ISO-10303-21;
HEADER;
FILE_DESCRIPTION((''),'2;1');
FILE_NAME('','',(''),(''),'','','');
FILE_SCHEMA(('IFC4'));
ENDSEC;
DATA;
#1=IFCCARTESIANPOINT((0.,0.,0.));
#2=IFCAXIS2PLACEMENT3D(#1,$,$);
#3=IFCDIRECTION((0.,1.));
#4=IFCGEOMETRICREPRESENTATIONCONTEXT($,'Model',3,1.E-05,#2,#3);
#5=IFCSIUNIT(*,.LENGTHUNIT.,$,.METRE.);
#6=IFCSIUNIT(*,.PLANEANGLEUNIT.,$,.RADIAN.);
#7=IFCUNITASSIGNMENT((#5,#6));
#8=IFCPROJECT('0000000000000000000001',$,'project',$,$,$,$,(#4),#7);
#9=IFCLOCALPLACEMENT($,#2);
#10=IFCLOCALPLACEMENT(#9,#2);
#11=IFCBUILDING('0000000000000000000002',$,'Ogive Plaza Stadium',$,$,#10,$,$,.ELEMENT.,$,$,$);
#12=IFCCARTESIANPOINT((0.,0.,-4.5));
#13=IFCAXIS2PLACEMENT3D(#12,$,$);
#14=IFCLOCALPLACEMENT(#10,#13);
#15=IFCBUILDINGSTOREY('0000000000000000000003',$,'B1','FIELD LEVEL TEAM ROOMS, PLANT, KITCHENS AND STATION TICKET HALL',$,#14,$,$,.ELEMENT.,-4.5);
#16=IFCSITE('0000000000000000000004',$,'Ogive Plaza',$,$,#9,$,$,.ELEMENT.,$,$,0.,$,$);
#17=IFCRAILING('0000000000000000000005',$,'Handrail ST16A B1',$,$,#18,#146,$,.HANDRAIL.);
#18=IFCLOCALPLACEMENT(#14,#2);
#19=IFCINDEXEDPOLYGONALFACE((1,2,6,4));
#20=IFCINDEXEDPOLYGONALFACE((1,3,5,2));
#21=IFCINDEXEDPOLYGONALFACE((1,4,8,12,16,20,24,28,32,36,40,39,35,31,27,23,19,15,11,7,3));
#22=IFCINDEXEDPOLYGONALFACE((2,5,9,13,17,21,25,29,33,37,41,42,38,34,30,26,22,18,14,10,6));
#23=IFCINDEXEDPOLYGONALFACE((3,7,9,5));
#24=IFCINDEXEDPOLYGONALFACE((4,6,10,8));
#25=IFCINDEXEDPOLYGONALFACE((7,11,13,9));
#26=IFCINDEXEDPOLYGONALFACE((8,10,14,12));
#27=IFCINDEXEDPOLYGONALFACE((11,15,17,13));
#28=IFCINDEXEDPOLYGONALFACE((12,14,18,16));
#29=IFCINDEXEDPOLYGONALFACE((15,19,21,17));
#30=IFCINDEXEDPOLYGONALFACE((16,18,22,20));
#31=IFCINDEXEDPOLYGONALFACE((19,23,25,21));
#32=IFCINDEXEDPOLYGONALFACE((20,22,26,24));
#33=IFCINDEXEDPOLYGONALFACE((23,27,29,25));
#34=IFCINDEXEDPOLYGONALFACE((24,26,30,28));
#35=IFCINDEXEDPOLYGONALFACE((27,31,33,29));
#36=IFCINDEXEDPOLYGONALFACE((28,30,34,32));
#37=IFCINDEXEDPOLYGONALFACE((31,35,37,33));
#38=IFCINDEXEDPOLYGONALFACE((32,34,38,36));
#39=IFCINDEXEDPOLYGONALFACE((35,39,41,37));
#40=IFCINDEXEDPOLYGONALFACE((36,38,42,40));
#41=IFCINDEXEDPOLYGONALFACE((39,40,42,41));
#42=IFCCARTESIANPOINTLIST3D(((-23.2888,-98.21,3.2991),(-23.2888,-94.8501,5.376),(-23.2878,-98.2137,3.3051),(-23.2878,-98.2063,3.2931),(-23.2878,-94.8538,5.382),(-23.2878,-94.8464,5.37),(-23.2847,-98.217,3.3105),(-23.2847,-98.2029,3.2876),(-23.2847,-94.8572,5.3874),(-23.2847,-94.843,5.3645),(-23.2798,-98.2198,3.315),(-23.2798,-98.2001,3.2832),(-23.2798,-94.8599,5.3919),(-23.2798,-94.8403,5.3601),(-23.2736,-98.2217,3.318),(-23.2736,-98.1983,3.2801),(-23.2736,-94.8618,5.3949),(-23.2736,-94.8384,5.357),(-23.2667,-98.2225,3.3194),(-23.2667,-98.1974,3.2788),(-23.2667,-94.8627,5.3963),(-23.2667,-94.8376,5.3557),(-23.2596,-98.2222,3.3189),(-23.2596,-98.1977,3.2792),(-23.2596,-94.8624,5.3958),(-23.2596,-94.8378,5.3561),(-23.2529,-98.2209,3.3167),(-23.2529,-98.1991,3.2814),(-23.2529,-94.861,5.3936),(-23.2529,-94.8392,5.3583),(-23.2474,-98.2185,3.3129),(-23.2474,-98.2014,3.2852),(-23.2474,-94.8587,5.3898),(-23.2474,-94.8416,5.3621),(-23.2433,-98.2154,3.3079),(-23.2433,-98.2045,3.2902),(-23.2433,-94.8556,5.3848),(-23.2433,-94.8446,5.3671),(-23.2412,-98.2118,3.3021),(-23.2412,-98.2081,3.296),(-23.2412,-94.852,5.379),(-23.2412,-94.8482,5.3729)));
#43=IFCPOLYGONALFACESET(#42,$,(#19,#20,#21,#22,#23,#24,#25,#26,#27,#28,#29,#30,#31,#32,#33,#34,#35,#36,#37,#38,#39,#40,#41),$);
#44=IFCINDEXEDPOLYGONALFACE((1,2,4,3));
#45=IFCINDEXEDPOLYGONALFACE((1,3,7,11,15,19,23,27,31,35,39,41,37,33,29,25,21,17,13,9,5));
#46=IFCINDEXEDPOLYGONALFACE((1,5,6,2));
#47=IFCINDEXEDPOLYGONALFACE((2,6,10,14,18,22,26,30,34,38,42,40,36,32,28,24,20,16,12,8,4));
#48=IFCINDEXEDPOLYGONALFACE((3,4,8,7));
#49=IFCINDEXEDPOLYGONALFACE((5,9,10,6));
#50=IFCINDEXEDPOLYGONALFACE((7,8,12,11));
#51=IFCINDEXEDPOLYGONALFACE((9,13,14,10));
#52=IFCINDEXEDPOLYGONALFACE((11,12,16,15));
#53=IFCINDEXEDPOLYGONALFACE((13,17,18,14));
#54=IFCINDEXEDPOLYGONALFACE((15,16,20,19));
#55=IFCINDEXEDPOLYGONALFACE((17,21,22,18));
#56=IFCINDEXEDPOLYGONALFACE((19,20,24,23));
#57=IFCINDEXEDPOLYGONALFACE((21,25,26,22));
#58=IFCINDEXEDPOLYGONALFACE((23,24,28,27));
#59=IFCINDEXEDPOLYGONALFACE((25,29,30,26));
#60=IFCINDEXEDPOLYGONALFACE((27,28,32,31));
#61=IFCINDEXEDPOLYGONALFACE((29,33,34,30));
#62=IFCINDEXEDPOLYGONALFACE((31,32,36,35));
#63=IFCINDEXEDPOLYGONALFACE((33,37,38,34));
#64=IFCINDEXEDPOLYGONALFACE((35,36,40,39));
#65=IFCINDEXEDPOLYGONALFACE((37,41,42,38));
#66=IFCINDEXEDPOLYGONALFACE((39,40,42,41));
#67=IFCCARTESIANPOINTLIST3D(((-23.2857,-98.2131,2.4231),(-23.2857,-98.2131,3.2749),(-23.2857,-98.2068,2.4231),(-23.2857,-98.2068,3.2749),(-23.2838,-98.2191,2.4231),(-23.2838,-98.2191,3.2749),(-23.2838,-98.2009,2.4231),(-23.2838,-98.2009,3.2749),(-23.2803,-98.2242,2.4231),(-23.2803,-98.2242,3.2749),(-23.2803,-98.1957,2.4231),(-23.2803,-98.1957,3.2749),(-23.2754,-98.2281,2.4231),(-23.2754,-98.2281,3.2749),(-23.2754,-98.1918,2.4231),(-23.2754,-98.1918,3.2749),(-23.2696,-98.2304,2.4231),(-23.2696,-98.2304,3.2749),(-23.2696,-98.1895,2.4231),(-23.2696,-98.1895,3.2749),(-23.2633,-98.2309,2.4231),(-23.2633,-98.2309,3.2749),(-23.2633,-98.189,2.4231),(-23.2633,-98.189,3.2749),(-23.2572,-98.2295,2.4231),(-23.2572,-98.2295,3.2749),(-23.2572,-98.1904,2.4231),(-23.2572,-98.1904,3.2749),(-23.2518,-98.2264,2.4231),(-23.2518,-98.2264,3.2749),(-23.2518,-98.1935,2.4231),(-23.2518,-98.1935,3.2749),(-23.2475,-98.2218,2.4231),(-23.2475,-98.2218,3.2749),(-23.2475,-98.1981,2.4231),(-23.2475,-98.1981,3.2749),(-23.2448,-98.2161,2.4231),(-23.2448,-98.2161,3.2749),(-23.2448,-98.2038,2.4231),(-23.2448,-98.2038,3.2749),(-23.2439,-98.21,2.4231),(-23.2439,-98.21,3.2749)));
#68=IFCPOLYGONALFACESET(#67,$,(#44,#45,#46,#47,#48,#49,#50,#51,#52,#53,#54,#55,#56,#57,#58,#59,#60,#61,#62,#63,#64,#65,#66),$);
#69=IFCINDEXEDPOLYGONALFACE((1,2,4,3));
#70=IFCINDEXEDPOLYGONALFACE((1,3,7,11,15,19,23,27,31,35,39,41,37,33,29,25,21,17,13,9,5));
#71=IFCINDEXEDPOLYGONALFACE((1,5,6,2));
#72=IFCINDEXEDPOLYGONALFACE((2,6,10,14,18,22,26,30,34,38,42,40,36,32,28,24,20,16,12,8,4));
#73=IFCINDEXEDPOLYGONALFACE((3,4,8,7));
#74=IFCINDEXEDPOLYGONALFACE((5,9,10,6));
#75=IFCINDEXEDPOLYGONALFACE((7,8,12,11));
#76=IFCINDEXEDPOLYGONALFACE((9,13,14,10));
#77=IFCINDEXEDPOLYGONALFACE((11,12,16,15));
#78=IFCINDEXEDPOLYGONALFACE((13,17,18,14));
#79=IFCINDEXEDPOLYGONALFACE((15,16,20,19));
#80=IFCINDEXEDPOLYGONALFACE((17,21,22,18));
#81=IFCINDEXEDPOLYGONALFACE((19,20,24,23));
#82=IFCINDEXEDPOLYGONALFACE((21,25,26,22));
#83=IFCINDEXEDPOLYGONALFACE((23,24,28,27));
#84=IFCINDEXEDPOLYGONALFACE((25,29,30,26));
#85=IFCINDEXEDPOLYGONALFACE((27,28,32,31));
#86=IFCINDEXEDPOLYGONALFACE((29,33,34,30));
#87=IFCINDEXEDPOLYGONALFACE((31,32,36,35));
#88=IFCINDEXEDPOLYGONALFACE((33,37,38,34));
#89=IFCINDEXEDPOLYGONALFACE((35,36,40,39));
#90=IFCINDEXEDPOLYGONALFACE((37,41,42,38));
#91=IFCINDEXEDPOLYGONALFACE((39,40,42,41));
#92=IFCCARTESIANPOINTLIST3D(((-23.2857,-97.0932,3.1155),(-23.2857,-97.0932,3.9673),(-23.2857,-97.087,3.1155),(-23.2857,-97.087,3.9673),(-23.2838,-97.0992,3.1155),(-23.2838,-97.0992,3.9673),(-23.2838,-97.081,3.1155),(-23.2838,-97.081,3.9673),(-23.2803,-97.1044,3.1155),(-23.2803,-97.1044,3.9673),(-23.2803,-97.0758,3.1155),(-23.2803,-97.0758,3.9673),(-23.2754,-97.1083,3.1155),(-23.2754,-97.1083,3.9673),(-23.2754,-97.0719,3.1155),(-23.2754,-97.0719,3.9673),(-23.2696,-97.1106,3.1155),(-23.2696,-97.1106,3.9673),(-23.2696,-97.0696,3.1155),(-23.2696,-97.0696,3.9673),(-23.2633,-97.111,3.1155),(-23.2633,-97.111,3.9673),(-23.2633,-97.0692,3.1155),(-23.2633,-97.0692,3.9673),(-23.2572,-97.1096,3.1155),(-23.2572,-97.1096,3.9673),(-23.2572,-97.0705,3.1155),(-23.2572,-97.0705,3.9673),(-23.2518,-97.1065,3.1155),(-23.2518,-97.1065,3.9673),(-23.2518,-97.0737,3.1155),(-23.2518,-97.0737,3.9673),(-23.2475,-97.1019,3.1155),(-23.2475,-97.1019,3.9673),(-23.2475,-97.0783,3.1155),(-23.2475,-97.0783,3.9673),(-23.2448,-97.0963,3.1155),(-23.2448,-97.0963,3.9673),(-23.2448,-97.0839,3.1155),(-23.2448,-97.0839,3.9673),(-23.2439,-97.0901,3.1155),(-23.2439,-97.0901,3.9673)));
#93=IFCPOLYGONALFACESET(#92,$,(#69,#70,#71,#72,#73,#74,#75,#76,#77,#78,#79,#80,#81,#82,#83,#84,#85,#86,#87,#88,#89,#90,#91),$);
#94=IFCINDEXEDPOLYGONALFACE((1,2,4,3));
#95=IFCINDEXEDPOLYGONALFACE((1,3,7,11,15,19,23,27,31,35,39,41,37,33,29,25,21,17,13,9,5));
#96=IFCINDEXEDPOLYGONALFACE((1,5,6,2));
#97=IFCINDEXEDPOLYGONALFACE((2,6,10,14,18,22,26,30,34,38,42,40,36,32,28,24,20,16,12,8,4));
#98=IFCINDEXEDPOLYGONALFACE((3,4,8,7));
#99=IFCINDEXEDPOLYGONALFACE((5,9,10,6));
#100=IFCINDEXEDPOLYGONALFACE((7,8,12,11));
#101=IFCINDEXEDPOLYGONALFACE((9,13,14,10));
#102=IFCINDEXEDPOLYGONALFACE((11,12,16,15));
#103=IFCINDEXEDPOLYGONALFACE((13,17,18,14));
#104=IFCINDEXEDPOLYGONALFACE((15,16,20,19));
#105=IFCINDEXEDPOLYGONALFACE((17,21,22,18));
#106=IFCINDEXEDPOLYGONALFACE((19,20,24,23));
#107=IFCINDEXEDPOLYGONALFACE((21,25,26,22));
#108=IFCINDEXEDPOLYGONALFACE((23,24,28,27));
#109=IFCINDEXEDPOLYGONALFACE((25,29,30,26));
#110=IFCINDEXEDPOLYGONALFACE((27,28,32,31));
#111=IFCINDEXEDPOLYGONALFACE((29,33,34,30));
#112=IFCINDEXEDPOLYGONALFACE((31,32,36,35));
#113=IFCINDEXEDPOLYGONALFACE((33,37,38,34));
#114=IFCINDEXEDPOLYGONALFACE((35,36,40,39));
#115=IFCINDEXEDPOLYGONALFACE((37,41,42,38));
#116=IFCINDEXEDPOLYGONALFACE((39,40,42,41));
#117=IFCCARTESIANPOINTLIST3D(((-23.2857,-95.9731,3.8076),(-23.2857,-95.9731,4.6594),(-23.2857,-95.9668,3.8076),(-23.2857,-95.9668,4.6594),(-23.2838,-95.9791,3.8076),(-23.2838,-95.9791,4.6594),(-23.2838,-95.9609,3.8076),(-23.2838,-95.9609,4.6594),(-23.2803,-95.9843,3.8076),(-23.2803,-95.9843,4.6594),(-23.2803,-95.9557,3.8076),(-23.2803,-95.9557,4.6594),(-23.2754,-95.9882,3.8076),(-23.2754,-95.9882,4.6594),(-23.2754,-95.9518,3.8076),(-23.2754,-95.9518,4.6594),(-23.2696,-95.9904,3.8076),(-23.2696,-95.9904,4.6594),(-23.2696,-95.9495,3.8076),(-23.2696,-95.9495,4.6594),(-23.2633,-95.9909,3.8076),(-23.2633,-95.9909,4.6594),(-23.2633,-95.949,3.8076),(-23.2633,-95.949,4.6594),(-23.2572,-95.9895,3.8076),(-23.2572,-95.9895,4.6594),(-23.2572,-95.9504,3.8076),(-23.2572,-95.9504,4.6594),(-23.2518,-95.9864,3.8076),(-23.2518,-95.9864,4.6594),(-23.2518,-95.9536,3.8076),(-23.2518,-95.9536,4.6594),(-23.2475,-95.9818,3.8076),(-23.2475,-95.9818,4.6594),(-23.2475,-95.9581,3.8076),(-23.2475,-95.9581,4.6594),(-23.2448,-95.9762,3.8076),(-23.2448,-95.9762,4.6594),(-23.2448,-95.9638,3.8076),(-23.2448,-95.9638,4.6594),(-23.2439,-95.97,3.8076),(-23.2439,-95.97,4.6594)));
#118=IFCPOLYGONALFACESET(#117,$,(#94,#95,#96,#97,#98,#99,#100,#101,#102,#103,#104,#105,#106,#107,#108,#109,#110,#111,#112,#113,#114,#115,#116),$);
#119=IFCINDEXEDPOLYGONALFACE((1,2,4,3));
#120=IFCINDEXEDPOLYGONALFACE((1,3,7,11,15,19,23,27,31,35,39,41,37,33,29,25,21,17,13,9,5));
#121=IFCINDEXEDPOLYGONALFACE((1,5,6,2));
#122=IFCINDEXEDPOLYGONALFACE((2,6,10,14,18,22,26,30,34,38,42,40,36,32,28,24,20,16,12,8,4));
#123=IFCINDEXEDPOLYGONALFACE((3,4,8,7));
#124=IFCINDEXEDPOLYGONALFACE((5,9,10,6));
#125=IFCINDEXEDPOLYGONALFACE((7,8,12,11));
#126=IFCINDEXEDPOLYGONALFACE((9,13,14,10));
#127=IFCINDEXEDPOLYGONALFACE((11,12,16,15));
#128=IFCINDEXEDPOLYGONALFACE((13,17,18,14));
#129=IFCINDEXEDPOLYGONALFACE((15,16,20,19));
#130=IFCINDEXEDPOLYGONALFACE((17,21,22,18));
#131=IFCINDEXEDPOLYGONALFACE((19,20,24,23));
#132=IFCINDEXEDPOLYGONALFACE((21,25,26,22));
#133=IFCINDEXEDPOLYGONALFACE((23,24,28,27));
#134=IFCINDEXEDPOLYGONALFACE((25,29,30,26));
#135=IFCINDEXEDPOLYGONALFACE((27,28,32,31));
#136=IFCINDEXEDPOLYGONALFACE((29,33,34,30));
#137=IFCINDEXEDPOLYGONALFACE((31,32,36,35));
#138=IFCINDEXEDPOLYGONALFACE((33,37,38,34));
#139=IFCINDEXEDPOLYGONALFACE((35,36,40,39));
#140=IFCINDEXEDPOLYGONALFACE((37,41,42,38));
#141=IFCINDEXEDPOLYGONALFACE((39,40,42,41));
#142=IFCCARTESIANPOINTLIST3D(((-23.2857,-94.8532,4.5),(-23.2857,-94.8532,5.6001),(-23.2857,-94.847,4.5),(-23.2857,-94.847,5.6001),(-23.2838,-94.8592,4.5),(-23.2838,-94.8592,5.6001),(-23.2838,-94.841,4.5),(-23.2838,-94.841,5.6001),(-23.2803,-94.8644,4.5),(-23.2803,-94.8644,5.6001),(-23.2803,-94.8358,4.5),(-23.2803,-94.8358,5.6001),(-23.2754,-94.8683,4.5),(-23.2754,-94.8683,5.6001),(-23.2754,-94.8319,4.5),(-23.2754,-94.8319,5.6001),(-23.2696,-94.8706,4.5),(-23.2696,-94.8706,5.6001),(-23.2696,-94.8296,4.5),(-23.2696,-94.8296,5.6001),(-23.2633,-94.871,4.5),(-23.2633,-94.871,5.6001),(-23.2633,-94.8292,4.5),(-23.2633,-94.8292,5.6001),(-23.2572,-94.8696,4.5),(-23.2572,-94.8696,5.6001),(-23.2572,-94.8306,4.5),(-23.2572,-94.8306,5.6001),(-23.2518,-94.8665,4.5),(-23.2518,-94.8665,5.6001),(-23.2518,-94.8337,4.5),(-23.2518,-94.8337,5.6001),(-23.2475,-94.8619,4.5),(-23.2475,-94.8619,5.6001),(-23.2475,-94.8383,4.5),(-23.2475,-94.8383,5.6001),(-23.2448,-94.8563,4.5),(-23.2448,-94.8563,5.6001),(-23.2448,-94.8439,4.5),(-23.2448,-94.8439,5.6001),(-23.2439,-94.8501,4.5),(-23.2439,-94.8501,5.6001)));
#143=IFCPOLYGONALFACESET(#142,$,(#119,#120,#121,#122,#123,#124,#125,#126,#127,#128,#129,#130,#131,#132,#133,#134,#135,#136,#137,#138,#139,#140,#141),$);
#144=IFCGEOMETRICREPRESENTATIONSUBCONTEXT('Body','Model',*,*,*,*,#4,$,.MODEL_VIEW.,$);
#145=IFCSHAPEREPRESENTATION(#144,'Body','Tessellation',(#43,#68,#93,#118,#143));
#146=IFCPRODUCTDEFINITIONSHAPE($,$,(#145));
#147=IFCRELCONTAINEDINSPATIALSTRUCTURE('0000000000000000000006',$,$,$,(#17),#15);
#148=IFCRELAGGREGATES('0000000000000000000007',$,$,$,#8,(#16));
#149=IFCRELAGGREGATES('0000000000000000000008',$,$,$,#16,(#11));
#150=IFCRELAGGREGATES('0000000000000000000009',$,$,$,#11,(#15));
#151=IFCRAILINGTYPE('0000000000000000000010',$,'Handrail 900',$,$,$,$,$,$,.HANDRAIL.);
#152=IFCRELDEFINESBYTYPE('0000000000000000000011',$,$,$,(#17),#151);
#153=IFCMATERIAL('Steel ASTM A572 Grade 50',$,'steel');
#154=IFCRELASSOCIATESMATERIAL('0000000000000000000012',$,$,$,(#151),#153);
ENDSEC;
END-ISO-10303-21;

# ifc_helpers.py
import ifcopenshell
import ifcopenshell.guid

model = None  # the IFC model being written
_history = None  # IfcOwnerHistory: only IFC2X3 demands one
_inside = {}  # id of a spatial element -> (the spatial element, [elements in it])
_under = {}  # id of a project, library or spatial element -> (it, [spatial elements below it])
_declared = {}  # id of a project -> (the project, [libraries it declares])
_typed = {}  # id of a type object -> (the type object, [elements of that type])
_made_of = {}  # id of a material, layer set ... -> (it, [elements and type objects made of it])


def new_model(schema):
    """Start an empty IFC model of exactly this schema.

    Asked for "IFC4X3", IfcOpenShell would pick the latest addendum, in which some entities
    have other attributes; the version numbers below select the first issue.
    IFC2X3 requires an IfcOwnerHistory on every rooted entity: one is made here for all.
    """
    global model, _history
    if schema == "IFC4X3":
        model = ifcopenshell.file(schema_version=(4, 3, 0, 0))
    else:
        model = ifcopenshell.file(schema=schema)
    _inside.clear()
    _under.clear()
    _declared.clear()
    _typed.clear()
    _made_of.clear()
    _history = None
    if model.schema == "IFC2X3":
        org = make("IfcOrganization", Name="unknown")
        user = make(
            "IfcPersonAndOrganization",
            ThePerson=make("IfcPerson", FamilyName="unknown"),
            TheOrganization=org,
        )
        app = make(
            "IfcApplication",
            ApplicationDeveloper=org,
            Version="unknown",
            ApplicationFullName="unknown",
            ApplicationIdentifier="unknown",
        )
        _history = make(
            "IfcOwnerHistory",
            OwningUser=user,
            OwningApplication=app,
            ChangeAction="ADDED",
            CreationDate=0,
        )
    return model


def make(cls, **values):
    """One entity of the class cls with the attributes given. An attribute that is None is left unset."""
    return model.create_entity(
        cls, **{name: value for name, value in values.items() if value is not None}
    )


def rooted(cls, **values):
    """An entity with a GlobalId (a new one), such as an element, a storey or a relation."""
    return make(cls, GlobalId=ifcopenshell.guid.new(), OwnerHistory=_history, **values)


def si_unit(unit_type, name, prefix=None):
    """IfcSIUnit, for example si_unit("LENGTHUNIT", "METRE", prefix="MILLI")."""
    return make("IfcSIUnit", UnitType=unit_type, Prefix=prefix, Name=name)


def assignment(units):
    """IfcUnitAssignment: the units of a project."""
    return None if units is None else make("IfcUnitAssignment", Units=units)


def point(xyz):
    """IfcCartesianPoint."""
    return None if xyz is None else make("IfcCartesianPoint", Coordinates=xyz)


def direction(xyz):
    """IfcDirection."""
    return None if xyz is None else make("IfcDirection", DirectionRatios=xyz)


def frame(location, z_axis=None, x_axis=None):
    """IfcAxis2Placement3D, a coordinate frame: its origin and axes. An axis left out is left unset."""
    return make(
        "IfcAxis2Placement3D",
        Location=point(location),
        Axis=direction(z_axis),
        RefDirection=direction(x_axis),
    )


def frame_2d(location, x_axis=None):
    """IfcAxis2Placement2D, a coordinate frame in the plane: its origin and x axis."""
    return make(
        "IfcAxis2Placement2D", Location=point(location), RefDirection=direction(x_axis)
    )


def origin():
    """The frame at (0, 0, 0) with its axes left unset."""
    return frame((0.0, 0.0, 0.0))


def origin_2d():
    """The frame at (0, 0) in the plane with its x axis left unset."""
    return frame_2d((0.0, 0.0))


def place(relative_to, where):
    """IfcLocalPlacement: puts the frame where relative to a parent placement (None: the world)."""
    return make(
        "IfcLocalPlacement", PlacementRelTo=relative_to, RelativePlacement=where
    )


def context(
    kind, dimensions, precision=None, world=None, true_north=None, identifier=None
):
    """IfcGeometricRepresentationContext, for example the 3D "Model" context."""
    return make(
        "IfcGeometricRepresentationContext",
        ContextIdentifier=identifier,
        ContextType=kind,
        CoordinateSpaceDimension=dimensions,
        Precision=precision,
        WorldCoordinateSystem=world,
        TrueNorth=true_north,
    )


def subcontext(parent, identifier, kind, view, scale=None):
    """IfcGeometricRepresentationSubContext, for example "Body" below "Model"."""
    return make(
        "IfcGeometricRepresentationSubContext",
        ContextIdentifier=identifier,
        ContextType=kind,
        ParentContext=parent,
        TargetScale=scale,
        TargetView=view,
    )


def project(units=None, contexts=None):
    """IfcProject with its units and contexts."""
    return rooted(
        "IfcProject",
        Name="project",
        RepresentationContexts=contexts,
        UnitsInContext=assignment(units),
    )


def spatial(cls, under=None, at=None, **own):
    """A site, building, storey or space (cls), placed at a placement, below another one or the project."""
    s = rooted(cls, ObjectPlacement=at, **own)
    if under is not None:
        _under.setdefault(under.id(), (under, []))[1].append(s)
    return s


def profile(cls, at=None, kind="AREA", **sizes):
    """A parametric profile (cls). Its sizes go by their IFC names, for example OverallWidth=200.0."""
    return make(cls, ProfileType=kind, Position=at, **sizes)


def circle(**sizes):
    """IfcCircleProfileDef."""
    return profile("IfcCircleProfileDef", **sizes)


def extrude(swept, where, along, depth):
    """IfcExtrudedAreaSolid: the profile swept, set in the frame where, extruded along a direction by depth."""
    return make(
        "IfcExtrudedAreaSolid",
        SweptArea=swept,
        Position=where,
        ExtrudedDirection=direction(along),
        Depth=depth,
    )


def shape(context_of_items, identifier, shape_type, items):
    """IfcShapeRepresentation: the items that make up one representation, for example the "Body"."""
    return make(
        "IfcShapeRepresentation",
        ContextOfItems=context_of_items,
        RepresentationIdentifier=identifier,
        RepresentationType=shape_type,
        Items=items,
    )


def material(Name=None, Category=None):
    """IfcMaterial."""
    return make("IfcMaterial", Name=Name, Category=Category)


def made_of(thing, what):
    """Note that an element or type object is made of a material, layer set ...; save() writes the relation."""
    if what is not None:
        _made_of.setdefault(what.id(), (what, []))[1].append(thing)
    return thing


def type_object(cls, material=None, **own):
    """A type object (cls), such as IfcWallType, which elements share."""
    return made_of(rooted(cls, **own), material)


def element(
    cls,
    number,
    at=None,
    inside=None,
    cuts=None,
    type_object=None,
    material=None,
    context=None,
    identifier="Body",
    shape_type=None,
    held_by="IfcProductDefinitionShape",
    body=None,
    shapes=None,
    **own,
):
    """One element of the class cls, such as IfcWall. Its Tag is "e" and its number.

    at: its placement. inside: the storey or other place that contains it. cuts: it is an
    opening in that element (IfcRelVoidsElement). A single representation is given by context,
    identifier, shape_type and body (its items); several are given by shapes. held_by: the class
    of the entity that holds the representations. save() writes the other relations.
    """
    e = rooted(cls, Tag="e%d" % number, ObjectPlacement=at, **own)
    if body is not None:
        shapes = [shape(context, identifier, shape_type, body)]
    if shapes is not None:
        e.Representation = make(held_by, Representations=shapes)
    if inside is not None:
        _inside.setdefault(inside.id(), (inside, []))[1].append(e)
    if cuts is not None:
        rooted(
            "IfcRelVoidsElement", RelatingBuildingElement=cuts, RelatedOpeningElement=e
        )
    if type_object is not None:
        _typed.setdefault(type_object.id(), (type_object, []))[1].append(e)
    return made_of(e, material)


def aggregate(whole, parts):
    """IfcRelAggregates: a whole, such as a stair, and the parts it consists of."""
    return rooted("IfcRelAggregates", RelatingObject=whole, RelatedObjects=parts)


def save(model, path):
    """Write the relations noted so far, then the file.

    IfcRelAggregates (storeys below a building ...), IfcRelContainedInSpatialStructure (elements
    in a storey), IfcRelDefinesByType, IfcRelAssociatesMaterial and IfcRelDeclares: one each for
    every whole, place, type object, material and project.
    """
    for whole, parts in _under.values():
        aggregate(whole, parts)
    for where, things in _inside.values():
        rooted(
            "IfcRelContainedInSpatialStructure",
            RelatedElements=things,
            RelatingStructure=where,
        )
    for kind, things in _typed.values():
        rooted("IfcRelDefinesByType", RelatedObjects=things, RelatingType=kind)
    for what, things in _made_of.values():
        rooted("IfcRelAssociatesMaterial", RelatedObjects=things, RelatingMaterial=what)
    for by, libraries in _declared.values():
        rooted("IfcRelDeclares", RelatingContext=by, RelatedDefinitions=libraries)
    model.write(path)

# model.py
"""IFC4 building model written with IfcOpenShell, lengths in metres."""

from ifc_helpers import new_model, si_unit, direction, frame, origin, origin_2d, place, context, subcontext, project, spatial, circle, extrude, material, type_object, element, save


model = new_model("IFC4")

# Units and contexts
model_context = context("Model", 3, precision=1e-05, world=origin(), true_north=direction((0.0, 1.0)))
body_context = subcontext(model_context, "Body", "Model", "MODEL_VIEW")
ifc_project = project(units=[si_unit("LENGTHUNIT", "METRE"), si_unit("PLANEANGLEUNIT", "RADIAN")], contexts=[model_context])

# Site, building, storey
site_placement = place(None, origin())
site = spatial("IfcSite", under=ifc_project, at=site_placement, Name="Ogive Plaza", CompositionType="ELEMENT", RefElevation=0.0)
building_placement = place(site_placement, origin())
building = spatial("IfcBuilding", under=site, at=building_placement, Name="Ogive Plaza Stadium", CompositionType="ELEMENT")
storey_placement = place(building_placement, frame((0.0, 0.0, -4.5)))
storey = spatial("IfcBuildingStorey", under=building, at=storey_placement, Name="B1", Description="FIELD LEVEL TEAM ROOMS, PLANT, KITCHENS AND STATION TICKET HALL", CompositionType="ELEMENT", Elevation=-4.5)

# Railing
ifc_material_1 = material(Name="Steel ASTM A572 Grade 50", Category="steel")
railing_type_1 = type_object("IfcRailingType", Name="Handrail 900", PredefinedType="HANDRAIL", material=ifc_material_1)
for number, where, name in (
    (1, (-23.2649, -98.21, 2.4231), "Handrail ST16A B1"),
):
    element("IfcRailing", number, at=place(storey_placement, frame(where)), inside=storey, type_object=railing_type_1, Name=name, PredefinedType="HANDRAIL", context=body_context, shape_type="SweptSolid", body=[
        extrude(circle(Radius=0.0239, at=origin_2d()), frame((0.0, 0.0, 0.876), z_axis=(0.0, 0.850606, 0.525803), x_axis=(-1.0, 0.0, 0.0)), (0.0, 0.0, 1.0), 3.95),
        extrude(circle(Radius=0.021, at=origin_2d()), origin(), (0.0, 0.0, 1.0), 0.8518),
        extrude(circle(Radius=0.021, at=origin_2d()), frame((0.0, 1.1199, 0.6924)), (0.0, 0.0, 1.0), 0.8518),
        extrude(circle(Radius=0.021, at=origin_2d()), frame((0.0, 2.24, 1.3845)), (0.0, 0.0, 1.0), 0.8518),
        extrude(circle(Radius=0.021, at=origin_2d()), frame((0.0, 3.3599, 2.0769)), (0.0, 0.0, 1.0), 1.1001),
    ])

save(model, "model.ifc")
